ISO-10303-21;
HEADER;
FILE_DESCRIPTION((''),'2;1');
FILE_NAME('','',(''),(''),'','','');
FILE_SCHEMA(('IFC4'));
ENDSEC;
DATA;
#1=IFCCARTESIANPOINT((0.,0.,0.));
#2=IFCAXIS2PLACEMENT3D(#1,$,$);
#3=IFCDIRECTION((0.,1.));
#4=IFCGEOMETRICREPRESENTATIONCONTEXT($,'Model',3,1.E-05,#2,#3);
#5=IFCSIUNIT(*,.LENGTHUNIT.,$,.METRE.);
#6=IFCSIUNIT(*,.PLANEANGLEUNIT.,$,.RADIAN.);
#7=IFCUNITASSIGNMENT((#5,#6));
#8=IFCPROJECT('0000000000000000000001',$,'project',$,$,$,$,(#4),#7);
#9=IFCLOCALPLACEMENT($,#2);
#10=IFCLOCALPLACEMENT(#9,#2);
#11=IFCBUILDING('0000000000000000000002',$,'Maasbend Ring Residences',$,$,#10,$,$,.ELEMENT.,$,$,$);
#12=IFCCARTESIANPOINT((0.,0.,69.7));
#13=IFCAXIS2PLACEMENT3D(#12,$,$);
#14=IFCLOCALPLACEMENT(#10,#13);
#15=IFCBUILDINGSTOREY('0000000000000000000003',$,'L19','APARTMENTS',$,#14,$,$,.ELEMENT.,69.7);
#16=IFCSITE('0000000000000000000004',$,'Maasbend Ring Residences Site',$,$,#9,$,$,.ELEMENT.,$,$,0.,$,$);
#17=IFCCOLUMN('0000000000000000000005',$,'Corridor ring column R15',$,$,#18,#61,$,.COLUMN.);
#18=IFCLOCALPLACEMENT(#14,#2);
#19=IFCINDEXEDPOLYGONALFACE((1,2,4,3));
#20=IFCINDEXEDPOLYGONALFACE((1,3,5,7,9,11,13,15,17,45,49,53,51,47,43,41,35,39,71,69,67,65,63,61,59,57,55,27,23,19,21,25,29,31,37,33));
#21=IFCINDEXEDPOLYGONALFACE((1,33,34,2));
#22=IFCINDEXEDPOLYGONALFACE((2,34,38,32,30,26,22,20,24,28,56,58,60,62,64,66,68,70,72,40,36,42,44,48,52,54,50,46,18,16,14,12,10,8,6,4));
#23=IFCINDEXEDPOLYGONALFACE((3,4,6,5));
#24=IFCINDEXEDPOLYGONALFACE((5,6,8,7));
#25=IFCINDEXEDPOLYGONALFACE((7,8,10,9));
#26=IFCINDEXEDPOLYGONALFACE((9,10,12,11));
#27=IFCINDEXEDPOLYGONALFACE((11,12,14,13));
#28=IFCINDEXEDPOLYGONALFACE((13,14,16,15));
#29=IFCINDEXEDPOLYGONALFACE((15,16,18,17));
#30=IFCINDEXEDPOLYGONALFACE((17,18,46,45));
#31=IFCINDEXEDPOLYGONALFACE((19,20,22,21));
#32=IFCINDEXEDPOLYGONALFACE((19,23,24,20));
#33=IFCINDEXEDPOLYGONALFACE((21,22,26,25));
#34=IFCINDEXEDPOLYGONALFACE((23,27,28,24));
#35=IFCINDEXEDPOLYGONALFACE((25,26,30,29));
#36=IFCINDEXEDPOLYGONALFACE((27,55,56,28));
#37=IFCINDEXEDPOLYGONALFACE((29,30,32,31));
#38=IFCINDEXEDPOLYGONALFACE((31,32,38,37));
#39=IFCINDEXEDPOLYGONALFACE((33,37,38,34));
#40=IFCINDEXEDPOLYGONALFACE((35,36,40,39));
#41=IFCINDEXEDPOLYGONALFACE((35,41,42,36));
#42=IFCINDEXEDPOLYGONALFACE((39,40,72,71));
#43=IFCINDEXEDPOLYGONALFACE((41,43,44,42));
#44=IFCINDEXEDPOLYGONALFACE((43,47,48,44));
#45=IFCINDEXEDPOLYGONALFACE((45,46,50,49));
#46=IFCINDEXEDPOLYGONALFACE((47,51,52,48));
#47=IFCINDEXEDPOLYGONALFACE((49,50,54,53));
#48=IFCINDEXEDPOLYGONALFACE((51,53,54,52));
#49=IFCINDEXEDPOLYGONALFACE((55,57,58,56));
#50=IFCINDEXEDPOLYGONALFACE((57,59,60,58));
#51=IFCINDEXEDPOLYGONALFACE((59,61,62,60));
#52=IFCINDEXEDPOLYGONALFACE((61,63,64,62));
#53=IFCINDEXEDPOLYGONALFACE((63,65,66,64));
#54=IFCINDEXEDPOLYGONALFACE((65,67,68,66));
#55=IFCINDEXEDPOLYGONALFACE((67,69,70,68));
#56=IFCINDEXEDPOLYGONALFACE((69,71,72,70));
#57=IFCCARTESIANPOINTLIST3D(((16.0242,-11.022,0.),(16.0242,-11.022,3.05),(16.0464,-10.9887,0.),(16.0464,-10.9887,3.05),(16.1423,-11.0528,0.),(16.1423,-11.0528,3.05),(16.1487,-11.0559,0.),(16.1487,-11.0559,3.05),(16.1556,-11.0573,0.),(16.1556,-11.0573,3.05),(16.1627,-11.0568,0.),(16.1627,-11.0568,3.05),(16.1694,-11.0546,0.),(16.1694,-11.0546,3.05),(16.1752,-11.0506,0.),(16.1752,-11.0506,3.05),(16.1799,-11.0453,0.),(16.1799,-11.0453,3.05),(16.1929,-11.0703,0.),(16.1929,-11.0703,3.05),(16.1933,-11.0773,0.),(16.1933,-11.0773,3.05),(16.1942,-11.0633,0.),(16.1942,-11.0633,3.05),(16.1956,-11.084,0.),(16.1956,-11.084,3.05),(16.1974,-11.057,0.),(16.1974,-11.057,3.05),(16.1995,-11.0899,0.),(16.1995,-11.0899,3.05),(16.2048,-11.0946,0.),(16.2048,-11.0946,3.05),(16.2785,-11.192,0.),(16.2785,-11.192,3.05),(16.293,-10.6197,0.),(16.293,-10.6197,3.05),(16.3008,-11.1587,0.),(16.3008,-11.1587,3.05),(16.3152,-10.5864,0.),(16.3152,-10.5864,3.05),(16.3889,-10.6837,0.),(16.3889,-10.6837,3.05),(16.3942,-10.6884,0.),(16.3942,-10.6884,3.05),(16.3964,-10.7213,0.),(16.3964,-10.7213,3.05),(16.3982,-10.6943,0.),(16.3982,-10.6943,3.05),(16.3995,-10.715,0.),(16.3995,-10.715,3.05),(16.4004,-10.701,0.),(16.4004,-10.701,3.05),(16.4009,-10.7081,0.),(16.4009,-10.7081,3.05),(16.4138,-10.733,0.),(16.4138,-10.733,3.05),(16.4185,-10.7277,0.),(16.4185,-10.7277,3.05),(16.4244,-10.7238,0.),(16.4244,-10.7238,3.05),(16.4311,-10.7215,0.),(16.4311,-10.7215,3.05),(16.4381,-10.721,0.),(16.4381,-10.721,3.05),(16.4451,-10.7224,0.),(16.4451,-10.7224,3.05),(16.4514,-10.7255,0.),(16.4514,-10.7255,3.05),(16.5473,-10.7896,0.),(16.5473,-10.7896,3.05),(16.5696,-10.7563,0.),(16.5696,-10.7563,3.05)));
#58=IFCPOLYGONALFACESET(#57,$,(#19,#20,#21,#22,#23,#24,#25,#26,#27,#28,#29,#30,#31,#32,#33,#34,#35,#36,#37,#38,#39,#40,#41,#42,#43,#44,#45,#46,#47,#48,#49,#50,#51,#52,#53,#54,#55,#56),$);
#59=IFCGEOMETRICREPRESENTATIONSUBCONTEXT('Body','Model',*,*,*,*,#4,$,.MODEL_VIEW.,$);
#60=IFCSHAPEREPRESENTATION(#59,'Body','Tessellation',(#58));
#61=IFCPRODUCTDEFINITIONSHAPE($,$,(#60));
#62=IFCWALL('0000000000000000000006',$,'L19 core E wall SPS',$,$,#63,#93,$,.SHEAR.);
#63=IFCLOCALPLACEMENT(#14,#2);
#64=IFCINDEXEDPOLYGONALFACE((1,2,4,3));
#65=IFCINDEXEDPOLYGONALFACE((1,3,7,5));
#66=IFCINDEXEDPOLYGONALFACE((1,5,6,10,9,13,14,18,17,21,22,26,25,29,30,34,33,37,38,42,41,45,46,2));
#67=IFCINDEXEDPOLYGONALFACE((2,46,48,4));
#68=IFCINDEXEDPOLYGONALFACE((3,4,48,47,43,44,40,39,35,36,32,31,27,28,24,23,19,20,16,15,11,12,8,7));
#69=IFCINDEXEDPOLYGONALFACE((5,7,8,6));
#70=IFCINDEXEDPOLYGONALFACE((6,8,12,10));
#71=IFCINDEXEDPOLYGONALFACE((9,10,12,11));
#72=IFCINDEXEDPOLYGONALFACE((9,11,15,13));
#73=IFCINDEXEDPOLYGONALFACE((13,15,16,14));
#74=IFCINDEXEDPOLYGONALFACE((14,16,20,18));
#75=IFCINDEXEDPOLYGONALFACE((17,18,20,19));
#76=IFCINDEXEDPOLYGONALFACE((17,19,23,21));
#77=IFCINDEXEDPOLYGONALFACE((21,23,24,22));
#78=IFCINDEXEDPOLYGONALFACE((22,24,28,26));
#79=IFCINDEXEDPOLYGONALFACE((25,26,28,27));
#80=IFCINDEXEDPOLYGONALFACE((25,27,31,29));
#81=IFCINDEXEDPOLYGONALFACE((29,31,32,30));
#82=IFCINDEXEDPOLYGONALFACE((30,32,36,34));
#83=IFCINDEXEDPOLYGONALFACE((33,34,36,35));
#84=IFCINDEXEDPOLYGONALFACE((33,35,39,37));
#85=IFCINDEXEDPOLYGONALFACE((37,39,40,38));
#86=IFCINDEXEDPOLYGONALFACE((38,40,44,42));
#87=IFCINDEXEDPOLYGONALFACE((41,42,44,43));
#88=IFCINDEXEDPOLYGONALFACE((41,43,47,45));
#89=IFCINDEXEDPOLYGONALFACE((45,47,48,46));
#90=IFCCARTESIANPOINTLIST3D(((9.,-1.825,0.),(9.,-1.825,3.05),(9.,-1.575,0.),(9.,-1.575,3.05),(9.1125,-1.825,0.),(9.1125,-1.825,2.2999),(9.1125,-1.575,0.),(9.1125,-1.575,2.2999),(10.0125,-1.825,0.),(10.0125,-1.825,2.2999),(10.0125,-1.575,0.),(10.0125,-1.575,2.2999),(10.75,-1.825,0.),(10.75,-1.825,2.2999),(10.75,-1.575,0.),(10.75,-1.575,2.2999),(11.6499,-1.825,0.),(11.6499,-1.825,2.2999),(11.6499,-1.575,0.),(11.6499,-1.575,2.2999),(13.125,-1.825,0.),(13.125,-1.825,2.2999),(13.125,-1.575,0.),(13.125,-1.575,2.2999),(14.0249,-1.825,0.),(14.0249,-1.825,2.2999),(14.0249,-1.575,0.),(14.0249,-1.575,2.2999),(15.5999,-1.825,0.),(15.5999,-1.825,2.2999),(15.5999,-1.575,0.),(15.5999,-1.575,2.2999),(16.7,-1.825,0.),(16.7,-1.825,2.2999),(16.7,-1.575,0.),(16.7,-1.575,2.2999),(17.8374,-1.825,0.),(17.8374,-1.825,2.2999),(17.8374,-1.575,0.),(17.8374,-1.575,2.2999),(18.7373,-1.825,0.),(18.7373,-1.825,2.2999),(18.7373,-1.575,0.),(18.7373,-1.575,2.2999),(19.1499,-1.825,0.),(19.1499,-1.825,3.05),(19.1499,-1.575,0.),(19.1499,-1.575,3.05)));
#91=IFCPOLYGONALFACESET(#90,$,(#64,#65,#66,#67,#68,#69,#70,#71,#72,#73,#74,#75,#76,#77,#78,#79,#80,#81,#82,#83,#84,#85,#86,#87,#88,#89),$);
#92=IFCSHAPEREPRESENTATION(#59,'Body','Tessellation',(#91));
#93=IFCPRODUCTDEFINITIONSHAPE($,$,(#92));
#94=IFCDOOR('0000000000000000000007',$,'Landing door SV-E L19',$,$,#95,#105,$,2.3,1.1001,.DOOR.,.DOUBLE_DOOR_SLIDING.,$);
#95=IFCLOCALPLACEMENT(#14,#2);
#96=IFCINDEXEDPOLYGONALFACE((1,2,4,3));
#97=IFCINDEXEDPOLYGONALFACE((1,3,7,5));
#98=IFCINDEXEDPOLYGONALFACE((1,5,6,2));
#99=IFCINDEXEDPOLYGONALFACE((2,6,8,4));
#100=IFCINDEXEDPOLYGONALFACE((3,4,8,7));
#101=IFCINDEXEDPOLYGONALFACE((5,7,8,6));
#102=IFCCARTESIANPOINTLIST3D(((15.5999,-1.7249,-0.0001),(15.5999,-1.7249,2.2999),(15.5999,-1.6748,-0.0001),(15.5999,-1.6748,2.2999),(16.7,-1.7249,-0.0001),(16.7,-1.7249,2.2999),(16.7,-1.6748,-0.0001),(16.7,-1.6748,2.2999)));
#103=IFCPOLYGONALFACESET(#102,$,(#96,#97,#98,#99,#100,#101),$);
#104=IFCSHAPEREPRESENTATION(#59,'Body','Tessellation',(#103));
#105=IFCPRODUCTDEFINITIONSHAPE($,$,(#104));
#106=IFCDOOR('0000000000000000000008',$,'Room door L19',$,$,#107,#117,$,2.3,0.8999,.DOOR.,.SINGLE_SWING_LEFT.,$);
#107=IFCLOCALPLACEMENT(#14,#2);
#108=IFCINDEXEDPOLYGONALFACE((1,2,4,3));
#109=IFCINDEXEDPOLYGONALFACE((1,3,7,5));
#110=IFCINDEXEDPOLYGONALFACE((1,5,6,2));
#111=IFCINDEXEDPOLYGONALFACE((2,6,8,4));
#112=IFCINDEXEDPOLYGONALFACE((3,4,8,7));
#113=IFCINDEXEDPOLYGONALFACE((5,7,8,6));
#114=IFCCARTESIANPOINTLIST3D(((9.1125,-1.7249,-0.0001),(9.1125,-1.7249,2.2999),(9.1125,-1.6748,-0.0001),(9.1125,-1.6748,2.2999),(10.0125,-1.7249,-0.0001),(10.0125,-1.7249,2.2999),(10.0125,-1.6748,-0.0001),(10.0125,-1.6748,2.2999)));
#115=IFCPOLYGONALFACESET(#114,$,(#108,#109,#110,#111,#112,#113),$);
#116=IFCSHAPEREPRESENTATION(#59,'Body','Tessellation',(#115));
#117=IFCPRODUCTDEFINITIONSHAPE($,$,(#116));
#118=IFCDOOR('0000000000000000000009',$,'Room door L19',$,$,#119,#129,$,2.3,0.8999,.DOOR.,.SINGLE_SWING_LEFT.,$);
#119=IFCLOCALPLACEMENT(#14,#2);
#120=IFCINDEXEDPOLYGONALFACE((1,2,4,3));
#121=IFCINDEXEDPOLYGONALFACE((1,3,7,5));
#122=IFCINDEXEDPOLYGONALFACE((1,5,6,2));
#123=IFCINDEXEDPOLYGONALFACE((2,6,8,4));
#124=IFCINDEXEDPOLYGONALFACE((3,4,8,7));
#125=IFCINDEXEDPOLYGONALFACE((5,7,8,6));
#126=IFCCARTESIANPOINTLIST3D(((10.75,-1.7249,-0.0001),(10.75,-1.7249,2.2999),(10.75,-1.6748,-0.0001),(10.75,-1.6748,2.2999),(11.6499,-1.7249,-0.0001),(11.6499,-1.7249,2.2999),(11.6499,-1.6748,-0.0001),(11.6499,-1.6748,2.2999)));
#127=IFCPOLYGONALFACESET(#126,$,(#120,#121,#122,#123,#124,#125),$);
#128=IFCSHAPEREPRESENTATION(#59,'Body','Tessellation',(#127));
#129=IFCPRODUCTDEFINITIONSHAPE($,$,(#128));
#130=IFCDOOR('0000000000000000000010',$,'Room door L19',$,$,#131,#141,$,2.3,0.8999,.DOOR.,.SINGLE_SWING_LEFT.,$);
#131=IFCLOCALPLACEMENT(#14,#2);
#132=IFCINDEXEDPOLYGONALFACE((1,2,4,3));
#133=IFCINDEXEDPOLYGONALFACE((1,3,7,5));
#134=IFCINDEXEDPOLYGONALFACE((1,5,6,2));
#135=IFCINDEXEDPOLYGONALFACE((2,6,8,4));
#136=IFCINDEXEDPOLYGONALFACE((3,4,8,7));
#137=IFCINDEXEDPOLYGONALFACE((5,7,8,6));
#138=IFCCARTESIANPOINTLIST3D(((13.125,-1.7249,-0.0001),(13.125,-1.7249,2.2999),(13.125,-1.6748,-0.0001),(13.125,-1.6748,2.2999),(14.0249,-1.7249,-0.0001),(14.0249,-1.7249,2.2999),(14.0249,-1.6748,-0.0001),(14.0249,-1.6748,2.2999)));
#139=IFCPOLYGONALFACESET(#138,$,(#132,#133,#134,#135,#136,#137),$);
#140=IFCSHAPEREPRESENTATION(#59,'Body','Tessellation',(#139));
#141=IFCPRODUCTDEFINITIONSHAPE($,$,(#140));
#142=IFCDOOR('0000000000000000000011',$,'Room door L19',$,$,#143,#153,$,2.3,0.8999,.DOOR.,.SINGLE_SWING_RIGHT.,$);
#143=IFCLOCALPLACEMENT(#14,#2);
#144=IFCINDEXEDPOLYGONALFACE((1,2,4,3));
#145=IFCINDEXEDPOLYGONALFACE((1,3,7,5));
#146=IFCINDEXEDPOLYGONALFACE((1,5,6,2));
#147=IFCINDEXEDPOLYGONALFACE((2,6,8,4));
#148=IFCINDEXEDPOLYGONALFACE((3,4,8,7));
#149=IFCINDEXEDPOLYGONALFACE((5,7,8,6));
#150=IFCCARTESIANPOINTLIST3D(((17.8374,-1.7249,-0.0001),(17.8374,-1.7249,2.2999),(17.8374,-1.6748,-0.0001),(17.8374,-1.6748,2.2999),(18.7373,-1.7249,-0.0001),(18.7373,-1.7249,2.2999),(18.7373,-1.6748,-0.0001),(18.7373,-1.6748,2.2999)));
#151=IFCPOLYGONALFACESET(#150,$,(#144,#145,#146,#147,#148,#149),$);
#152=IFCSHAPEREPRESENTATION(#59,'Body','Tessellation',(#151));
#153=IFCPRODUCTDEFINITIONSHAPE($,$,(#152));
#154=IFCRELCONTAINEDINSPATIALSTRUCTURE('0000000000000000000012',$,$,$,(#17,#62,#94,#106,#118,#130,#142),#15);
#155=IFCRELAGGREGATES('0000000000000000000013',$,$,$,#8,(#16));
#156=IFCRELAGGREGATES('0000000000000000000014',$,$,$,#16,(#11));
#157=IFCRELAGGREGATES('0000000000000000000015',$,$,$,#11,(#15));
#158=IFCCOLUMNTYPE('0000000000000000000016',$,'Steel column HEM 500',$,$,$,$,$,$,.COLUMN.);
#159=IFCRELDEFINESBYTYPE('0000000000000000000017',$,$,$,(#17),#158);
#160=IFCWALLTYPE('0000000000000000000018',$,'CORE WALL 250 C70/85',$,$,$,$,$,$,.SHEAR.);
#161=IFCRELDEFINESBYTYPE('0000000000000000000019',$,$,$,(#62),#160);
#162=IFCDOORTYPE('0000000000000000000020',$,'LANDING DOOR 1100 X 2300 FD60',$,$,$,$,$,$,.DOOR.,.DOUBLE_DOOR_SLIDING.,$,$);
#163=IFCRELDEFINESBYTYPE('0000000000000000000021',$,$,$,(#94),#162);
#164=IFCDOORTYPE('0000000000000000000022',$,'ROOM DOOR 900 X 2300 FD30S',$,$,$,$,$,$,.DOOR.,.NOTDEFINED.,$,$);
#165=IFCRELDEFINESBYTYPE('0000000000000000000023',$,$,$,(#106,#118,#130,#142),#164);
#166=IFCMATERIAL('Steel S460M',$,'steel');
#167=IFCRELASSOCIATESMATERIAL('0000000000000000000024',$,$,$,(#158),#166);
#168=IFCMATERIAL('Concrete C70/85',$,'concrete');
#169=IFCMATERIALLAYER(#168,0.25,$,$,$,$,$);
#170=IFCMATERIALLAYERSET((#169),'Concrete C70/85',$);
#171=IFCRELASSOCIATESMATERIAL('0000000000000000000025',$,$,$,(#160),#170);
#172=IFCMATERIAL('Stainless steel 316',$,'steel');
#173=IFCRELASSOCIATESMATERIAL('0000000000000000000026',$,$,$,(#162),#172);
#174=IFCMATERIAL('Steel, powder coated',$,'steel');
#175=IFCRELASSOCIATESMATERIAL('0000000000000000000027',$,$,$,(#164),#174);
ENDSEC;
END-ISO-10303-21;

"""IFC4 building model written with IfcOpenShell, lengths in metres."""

from ifc_helpers import new_model, si_unit, direction, frame, frame_2d, origin, origin_2d, place, context, subcontext, project, spatial, rectangle, i_section, extrude, material, layer, layer_set, material_profile, profile_set, type_object, element, fill, save


model = new_model("IFC4")

# Units and contexts
model_context = context("Model", 3, precision=1e-05, world=origin(), true_north=direction((0.0, 1.0)))
body_context = subcontext(model_context, "Body", "Model", "MODEL_VIEW")
ifc_project = project(units=[si_unit("LENGTHUNIT", "METRE"), si_unit("PLANEANGLEUNIT", "RADIAN")], contexts=[model_context])

# Site, building, storey
site_placement = place(None, origin())
site = spatial("IfcSite", under=ifc_project, at=site_placement, Name="Maasbend Ring Residences Site", CompositionType="ELEMENT", RefElevation=0.0)
building_placement = place(site_placement, origin())
building = spatial("IfcBuilding", under=site, at=building_placement, Name="Maasbend Ring Residences", CompositionType="ELEMENT")
storey_placement = place(building_placement, frame((0.0, 0.0, 69.7)))
storey = spatial("IfcBuildingStorey", under=building, at=storey_placement, Name="L19", Description="APARTMENTS", CompositionType="ELEMENT", Elevation=69.7)

# Column
ifc_material_1 = material(Name="Steel S460M", Category="steel")
ifc_material_profile = material_profile(ifc_material_1, i_section(OverallWidth=0.3059, OverallDepth=0.5239, WebThickness=0.021, FlangeThickness=0.04, FilletRadius=0.0271, at=origin_2d()), Name="HEM 500")
ifc_profile_set = profile_set([ifc_material_profile], Name="Steel S460M")
column_type = type_object("IfcColumnType", Name="Steel column HEM 500", PredefinedType="COLUMN", material=ifc_profile_set)
column_placement = place(storey_placement, frame((16.2969, -10.8892, 0.0), z_axis=(0.0, 0.0, 1.0), x_axis=(0.83147, -0.55557, 0.0)))
element("IfcColumn", 1, at=column_placement, inside=storey, type_object=column_type, Name="Corridor ring column R15", PredefinedType="COLUMN", context=body_context, shape_type="SweptSolid", body=[
    extrude(i_section(OverallWidth=0.3059, OverallDepth=0.5239, WebThickness=0.021, FlangeThickness=0.04, FilletRadius=0.0271, at=origin_2d()), origin(), (0.0, 0.0, 1.0), 3.05),
])

# Wall, openings, doors
ifc_material_2 = material(Name="Concrete C70/85", Category="concrete")
ifc_layer_1 = layer(ifc_material_2, 0.25)
ifc_layer_set_1 = layer_set([ifc_layer_1], Name="Concrete C70/85")
wall_type_1 = type_object("IfcWallType", Name="CORE WALL 250 C70/85", PredefinedType="SHEAR", material=ifc_layer_set_1)
wall_1_placement = place(storey_placement, frame((19.1499, -1.7, 0.0), z_axis=(0.0, 0.0, 1.0), x_axis=(-1.0, 0.0, 0.0)))
wall_1 = element("IfcWall", 2, at=wall_1_placement, inside=storey, type_object=wall_type_1, Name="L19 core E wall SPS", PredefinedType="SHEAR", context=body_context, shape_type="SweptSolid", body=[
    extrude(rectangle(XDim=10.1499, YDim=0.25, at=frame_2d((5.075, 0.0))), origin(), (0.0, 0.0, 1.0), 3.05),
])
opening_1_placement = place(wall_1_placement, frame((2.45, 0.0, 0.0)))
opening_1 = element("IfcOpeningElement", 3, at=opening_1_placement, cuts=wall_1, PredefinedType="OPENING", context=body_context, shape_type="SweptSolid", body=[
    extrude(rectangle(XDim=1.1001, YDim=2.3, at=frame_2d((0.55, 1.1499))), frame((0.0, 0.135, 0.0), z_axis=(0.0, -1.0, 0.0), x_axis=(1.0, 0.0, 0.0)), (0.0, 0.0, 1.0), 0.27),
])
opening_2_placement = place(wall_1_placement, frame((9.1375, 0.0, 0.0)))
opening_2 = element("IfcOpeningElement", 4, at=opening_2_placement, cuts=wall_1, PredefinedType="OPENING", context=body_context, shape_type="SweptSolid", body=[
    extrude(rectangle(XDim=0.8999, YDim=2.3, at=frame_2d((0.45, 1.1499))), frame((0.0, 0.135, 0.0), z_axis=(0.0, -1.0, 0.0), x_axis=(1.0, 0.0, 0.0)), (0.0, 0.0, 1.0), 0.27),
])
opening_3_placement = place(wall_1_placement, frame((7.5, 0.0, 0.0)))
opening_3 = element("IfcOpeningElement", 5, at=opening_3_placement, cuts=wall_1, PredefinedType="OPENING", context=body_context, shape_type="SweptSolid", body=[
    extrude(rectangle(XDim=0.8999, YDim=2.3, at=frame_2d((0.45, 1.1499))), frame((0.0, 0.135, 0.0), z_axis=(0.0, -1.0, 0.0), x_axis=(1.0, 0.0, 0.0)), (0.0, 0.0, 1.0), 0.27),
])
opening_4_placement = place(wall_1_placement, frame((5.125, 0.0, 0.0)))
opening_4 = element("IfcOpeningElement", 6, at=opening_4_placement, cuts=wall_1, PredefinedType="OPENING", context=body_context, shape_type="SweptSolid", body=[
    extrude(rectangle(XDim=0.8999, YDim=2.3, at=frame_2d((0.45, 1.1499))), frame((0.0, 0.135, 0.0), z_axis=(0.0, -1.0, 0.0), x_axis=(1.0, 0.0, 0.0)), (0.0, 0.0, 1.0), 0.27),
])
opening_5_placement = place(wall_1_placement, frame((0.4126, 0.0, 0.0)))
opening_5 = element("IfcOpeningElement", 7, at=opening_5_placement, cuts=wall_1, PredefinedType="OPENING", context=body_context, shape_type="SweptSolid", body=[
    extrude(rectangle(XDim=0.8999, YDim=2.3, at=frame_2d((0.45, 1.1499))), frame((0.0, 0.135, 0.0), z_axis=(0.0, -1.0, 0.0), x_axis=(1.0, 0.0, 0.0)), (0.0, 0.0, 1.0), 0.27),
])
ifc_material_3 = material(Name="Stainless steel 316", Category="steel")
door_type_1 = type_object("IfcDoorType", Name="LANDING DOOR 1100 X 2300 FD60", OperationType="DOUBLE_DOOR_SLIDING", PredefinedType="DOOR", material=ifc_material_3)
door_1_placement = place(opening_1_placement, origin())
door_1 = element("IfcDoor", 8, at=door_1_placement, inside=storey, type_object=door_type_1, Name="Landing door SV-E L19", OperationType="DOUBLE_DOOR_SLIDING", OverallHeight=2.3, OverallWidth=1.1001, PredefinedType="DOOR", context=body_context, shape_type="SweptSolid", body=[
    extrude(rectangle(XDim=1.1001, YDim=2.3, at=frame_2d((0.55, 1.1499))), frame((0.0, 0.0249, 0.0), z_axis=(0.0, -1.0, 0.0), x_axis=(1.0, 0.0, 0.0)), (0.0, 0.0, 1.0), 0.05),
])
fill(opening_1, door_1)
ifc_material_4 = material(Name="Steel, powder coated", Category="steel")
door_type_2 = type_object("IfcDoorType", Name="ROOM DOOR 900 X 2300 FD30S", OperationType="NOTDEFINED", PredefinedType="DOOR", material=ifc_material_4)
door_2_placement = place(opening_2_placement, origin())
door_2 = element("IfcDoor", 9, at=door_2_placement, inside=storey, type_object=door_type_2, Name="Room door L19", OperationType="SINGLE_SWING_LEFT", OverallHeight=2.3, OverallWidth=0.8999, PredefinedType="DOOR", context=body_context, shape_type="SweptSolid", body=[
    extrude(rectangle(XDim=0.8999, YDim=2.3, at=frame_2d((0.45, 1.1499))), frame((0.0, 0.0249, 0.0), z_axis=(0.0, -1.0, 0.0), x_axis=(1.0, 0.0, 0.0)), (0.0, 0.0, 1.0), 0.05),
])
fill(opening_2, door_2)
door_3_placement = place(opening_3_placement, origin())
door_3 = element("IfcDoor", 10, at=door_3_placement, inside=storey, type_object=door_type_2, Name="Room door L19", OperationType="SINGLE_SWING_LEFT", OverallHeight=2.3, OverallWidth=0.8999, PredefinedType="DOOR", context=body_context, shape_type="SweptSolid", body=[
    extrude(rectangle(XDim=0.8999, YDim=2.3, at=frame_2d((0.45, 1.1499))), frame((0.0, 0.0249, 0.0), z_axis=(0.0, -1.0, 0.0), x_axis=(1.0, 0.0, 0.0)), (0.0, 0.0, 1.0), 0.05),
])
fill(opening_3, door_3)
door_4_placement = place(opening_4_placement, origin())
door_4 = element("IfcDoor", 11, at=door_4_placement, inside=storey, type_object=door_type_2, Name="Room door L19", OperationType="SINGLE_SWING_LEFT", OverallHeight=2.3, OverallWidth=0.8999, PredefinedType="DOOR", context=body_context, shape_type="SweptSolid", body=[
    extrude(rectangle(XDim=0.8999, YDim=2.3, at=frame_2d((0.45, 1.1499))), frame((0.0, 0.0249, 0.0), z_axis=(0.0, -1.0, 0.0), x_axis=(1.0, 0.0, 0.0)), (0.0, 0.0, 1.0), 0.05),
])
fill(opening_4, door_4)
door_5_placement = place(opening_5_placement, origin())
door_5 = element("IfcDoor", 12, at=door_5_placement, inside=storey, type_object=door_type_2, Name="Room door L19", OperationType="SINGLE_SWING_RIGHT", OverallHeight=2.3, OverallWidth=0.8999, PredefinedType="DOOR", context=body_context, shape_type="SweptSolid", body=[
    extrude(rectangle(XDim=0.8999, YDim=2.3, at=frame_2d((0.45, 1.1499))), frame((0.0, 0.0249, 0.0), z_axis=(0.0, -1.0, 0.0), x_axis=(1.0, 0.0, 0.0)), (0.0, 0.0, 1.0), 0.05),
])
fill(opening_5, door_5)

save(model, "model.ifc")
